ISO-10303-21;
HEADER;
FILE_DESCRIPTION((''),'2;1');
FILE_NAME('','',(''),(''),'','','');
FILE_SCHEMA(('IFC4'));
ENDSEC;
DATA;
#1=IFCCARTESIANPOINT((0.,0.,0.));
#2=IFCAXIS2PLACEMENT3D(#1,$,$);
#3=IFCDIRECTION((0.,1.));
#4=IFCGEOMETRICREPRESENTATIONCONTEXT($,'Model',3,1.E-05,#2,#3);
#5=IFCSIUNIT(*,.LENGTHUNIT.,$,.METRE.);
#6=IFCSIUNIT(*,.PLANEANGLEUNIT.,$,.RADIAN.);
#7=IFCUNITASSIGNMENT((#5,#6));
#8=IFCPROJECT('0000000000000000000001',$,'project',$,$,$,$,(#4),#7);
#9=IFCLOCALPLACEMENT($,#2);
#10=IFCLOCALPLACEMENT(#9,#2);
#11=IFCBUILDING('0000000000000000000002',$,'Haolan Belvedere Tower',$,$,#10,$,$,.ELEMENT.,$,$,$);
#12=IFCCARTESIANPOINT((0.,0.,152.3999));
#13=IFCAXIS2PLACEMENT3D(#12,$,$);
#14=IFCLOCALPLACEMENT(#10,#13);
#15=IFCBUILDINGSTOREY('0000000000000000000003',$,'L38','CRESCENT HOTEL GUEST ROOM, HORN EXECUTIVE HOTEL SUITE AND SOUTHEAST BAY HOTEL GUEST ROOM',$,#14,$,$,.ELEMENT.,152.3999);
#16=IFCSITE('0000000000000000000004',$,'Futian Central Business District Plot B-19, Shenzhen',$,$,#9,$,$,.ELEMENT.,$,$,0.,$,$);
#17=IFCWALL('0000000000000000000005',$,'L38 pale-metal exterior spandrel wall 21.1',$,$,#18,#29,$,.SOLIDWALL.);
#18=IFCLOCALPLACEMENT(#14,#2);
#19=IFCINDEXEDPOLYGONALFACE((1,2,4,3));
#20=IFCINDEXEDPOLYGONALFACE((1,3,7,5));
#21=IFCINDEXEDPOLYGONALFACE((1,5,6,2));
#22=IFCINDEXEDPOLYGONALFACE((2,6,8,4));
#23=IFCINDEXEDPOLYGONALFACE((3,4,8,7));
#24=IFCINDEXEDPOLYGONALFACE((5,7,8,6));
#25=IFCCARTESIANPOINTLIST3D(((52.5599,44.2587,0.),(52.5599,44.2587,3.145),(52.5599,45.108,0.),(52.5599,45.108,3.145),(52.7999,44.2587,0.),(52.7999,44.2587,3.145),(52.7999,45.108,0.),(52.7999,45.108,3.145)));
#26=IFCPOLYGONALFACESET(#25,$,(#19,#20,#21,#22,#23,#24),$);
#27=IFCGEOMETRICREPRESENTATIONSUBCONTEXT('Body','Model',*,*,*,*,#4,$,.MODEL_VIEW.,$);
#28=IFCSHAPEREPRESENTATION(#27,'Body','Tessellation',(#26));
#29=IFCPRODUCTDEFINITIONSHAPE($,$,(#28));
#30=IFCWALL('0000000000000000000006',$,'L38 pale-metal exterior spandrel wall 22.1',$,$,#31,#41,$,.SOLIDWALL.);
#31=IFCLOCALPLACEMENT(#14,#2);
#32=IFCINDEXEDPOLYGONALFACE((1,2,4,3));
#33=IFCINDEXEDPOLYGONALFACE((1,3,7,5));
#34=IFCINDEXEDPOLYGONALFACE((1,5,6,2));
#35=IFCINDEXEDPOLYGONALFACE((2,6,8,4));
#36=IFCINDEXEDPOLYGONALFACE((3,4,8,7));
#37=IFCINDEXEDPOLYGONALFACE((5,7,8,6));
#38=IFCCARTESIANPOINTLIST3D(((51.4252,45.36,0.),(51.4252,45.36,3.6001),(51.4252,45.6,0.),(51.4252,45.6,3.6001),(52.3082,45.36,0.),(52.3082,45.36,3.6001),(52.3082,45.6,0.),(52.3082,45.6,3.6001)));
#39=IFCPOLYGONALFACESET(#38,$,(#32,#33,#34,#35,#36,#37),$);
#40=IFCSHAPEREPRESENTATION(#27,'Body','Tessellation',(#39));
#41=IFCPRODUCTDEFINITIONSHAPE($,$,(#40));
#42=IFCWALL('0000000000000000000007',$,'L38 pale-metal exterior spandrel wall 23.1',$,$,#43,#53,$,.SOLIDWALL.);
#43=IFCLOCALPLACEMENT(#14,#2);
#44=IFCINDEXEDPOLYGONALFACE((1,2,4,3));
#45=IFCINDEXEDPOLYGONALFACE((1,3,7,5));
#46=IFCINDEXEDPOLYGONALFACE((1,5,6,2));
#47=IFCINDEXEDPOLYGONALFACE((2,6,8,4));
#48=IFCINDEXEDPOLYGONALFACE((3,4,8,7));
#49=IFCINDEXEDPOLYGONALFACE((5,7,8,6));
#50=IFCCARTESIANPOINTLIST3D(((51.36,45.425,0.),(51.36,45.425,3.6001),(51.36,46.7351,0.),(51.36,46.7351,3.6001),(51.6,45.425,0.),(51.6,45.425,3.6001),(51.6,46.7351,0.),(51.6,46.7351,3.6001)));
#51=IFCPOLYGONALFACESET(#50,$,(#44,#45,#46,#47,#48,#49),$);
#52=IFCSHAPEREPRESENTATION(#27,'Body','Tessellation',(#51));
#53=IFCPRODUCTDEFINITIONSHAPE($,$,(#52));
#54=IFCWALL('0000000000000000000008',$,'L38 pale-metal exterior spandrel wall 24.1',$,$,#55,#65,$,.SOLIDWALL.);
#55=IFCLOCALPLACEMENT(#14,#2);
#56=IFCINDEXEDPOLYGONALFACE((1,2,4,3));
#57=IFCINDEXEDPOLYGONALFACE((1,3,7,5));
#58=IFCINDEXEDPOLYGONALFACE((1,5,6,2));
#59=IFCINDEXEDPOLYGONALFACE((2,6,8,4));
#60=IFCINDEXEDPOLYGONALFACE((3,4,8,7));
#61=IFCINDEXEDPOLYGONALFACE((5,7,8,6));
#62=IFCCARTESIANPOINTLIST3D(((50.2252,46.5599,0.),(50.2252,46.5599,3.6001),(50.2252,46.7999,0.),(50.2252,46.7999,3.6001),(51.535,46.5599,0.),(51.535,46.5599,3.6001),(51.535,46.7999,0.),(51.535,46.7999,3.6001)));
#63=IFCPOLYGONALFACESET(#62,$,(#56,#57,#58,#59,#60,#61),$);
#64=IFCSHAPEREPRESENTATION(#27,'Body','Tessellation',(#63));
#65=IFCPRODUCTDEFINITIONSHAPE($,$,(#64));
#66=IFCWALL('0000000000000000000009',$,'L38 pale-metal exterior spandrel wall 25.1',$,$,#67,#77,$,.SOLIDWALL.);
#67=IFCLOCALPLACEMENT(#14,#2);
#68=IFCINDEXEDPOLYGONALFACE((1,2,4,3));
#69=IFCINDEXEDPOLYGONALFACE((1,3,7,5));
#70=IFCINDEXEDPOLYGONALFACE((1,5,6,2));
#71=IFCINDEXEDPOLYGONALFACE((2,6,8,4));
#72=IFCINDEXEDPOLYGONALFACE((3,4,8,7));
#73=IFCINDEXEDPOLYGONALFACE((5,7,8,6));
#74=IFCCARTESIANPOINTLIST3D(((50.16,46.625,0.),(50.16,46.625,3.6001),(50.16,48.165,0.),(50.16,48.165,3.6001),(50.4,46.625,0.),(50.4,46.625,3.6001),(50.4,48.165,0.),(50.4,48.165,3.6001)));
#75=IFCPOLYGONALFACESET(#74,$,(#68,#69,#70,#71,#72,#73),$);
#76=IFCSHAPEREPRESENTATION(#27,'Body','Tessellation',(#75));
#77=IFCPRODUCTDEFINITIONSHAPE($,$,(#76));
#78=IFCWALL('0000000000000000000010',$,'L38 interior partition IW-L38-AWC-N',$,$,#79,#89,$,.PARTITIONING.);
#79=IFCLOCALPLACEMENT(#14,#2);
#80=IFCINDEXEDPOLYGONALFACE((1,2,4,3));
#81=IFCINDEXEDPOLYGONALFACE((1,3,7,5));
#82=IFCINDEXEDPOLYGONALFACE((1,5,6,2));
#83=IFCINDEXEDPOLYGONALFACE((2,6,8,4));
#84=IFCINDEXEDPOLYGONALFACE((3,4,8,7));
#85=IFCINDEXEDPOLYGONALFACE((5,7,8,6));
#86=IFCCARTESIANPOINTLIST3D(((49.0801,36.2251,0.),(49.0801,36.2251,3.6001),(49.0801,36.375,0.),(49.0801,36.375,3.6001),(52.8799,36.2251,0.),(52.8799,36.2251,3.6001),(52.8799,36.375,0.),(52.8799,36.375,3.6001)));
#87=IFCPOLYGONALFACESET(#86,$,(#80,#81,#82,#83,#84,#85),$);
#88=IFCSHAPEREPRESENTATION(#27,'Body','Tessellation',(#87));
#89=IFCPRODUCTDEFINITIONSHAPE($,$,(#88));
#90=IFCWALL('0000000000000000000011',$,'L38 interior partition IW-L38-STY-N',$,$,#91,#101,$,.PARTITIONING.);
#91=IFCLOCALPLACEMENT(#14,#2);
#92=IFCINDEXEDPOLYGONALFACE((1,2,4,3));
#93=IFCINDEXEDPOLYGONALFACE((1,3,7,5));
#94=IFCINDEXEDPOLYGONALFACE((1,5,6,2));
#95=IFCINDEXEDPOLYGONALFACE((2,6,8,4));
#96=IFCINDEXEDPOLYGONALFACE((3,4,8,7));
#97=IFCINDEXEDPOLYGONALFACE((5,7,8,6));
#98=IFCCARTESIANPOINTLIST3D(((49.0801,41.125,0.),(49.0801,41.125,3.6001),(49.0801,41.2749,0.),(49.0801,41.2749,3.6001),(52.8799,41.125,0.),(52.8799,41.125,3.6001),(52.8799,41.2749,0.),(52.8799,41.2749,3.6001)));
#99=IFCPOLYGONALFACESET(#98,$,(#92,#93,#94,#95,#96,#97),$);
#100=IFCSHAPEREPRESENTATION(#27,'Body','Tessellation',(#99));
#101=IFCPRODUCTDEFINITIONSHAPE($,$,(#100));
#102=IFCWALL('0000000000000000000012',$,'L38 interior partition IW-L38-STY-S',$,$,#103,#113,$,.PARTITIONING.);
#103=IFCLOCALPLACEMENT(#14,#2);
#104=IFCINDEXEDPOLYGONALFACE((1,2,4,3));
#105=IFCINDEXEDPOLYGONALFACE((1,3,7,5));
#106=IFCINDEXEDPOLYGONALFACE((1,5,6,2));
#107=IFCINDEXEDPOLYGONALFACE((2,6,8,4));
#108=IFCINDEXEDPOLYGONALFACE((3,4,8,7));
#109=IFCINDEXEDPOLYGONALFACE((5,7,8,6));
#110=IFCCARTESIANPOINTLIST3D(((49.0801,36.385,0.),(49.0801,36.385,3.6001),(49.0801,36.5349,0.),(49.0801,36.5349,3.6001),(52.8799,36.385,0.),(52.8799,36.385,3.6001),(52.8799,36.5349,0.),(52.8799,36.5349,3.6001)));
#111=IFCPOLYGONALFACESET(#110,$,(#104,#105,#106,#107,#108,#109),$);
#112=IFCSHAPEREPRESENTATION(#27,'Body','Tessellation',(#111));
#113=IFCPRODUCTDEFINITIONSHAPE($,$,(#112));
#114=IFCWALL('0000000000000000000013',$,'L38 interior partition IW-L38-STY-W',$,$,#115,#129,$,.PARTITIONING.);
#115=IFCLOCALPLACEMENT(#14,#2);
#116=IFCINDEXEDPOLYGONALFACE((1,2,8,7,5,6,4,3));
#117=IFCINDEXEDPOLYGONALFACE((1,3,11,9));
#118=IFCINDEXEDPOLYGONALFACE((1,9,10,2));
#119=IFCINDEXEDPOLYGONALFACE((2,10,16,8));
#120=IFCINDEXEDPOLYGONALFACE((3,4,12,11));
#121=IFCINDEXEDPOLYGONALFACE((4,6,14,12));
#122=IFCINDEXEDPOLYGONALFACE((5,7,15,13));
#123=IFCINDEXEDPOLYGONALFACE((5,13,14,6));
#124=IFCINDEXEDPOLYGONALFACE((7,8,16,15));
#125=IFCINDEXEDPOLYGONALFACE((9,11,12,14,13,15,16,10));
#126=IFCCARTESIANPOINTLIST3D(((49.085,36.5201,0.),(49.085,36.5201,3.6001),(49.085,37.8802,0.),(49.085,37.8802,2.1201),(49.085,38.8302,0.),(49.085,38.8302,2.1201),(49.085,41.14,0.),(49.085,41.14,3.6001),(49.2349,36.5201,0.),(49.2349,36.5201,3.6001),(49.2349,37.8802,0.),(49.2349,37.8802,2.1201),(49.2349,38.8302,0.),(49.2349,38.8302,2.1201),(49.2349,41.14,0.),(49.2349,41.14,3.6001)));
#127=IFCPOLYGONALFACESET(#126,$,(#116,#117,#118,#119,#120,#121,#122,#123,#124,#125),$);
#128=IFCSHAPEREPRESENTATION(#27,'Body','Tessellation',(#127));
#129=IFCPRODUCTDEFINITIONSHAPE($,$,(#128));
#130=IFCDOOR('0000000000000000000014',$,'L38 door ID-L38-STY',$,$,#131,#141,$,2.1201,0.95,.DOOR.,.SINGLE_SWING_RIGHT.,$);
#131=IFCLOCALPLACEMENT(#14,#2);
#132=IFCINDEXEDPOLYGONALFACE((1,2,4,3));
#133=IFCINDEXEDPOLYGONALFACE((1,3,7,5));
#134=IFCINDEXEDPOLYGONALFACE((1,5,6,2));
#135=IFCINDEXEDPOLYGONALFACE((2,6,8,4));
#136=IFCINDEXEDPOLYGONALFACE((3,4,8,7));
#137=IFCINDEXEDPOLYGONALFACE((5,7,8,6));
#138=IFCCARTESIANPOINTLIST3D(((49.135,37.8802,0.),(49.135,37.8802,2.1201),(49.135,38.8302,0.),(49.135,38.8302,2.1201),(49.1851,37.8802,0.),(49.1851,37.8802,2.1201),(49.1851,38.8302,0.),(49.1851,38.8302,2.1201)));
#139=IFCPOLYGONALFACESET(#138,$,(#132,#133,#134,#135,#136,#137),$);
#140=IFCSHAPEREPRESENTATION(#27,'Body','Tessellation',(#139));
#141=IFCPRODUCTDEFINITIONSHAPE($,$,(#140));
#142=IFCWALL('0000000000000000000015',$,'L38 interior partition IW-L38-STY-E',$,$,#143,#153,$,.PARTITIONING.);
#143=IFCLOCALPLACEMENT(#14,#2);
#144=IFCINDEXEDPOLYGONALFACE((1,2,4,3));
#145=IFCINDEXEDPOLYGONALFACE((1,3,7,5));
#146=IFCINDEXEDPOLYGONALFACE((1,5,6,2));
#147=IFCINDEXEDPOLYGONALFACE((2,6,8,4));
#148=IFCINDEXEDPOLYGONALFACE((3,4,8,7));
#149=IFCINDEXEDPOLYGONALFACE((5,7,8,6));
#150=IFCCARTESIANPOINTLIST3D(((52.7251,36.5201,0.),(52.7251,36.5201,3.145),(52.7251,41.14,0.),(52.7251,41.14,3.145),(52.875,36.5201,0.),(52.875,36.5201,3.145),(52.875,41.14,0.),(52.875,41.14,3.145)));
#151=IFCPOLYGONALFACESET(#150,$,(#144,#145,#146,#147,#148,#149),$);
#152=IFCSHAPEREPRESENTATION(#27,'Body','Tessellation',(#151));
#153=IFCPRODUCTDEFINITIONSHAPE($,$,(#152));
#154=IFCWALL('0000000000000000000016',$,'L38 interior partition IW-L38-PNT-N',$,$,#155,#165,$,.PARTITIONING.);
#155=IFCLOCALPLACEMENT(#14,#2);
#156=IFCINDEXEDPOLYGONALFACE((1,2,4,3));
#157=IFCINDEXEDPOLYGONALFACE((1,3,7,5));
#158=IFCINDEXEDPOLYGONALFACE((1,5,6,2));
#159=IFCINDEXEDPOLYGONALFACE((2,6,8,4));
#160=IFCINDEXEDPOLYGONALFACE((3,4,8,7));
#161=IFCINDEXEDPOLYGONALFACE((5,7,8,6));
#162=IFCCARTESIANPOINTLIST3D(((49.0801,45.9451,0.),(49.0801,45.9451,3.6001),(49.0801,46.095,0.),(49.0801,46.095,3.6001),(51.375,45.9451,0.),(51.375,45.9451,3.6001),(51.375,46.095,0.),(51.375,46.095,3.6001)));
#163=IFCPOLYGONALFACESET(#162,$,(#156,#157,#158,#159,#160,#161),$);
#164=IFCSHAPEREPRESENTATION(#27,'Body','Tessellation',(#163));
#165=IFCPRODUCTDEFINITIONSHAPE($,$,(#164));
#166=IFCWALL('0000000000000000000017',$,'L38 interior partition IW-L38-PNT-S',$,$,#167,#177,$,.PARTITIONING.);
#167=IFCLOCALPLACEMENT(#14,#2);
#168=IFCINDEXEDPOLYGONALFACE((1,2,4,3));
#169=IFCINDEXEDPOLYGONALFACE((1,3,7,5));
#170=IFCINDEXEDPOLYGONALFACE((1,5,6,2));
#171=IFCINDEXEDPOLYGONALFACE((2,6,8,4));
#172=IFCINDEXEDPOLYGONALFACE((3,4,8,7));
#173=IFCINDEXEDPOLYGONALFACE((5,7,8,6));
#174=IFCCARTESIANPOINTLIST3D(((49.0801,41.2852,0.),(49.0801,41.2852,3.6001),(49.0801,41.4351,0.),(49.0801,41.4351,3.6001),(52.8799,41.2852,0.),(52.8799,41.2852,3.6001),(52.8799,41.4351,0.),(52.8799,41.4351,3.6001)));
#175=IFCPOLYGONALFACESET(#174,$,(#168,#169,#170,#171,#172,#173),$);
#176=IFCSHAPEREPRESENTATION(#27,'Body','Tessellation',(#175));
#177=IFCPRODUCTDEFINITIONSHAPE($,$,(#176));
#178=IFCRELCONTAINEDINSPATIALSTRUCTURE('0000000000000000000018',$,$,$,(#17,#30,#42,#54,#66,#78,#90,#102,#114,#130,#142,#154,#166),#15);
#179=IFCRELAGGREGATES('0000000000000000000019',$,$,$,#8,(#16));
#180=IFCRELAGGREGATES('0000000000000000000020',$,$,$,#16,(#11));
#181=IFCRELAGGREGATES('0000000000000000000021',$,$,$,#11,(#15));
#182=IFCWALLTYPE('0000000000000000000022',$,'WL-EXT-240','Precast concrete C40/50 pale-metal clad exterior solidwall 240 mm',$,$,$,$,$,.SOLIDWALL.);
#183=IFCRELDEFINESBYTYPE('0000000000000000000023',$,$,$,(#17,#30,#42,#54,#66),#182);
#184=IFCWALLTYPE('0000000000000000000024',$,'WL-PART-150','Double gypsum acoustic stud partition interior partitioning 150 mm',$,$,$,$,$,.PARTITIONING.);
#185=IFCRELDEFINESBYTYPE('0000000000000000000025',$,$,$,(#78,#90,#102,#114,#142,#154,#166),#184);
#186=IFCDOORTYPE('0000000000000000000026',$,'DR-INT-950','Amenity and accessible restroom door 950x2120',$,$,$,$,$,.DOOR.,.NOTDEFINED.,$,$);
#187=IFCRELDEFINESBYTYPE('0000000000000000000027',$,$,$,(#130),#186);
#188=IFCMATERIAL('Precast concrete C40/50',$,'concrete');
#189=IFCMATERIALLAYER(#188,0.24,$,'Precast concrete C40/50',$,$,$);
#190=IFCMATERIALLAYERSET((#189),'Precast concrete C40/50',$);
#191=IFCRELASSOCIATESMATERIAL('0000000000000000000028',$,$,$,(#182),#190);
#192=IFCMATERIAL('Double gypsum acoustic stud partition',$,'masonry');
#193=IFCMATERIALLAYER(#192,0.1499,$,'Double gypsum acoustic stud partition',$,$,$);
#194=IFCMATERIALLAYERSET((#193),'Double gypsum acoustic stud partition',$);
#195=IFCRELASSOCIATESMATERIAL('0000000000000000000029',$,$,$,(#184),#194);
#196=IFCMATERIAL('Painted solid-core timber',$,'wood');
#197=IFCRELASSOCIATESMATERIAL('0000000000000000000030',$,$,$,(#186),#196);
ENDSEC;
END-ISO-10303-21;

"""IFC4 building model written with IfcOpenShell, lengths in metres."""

from ifc_helpers import new_model, si_unit, direction, frame, frame_2d, origin, place, context, subcontext, project, spatial, rectangle, extrude, material, layer, layer_set, type_object, element, fill, save


model = new_model("IFC4")

# Units and contexts
model_context = context("Model", 3, precision=1e-05, world=origin(), true_north=direction((0.0, 1.0)))
body_context = subcontext(model_context, "Body", "Model", "MODEL_VIEW")
ifc_project = project(units=[si_unit("LENGTHUNIT", "METRE"), si_unit("PLANEANGLEUNIT", "RADIAN")], contexts=[model_context])

# Site, building, storey
site_placement = place(None, origin())
site = spatial("IfcSite", under=ifc_project, at=site_placement, Name="Futian Central Business District Plot B-19, Shenzhen", CompositionType="ELEMENT", RefElevation=0.0)
building_placement = place(site_placement, origin())
building = spatial("IfcBuilding", under=site, at=building_placement, Name="Haolan Belvedere Tower", CompositionType="ELEMENT")
storey_placement = place(building_placement, frame((0.0, 0.0, 152.3999)))
storey = spatial("IfcBuildingStorey", under=building, at=storey_placement, Name="L38", Description="CRESCENT HOTEL GUEST ROOM, HORN EXECUTIVE HOTEL SUITE AND SOUTHEAST BAY HOTEL GUEST ROOM", CompositionType="ELEMENT", Elevation=152.3999)

# Walls
ifc_material_1 = material(Name="Precast concrete C40/50", Category="concrete")
ifc_layer_1 = layer(ifc_material_1, 0.24, Name="Precast concrete C40/50")
ifc_layer_set_1 = layer_set([ifc_layer_1], Name="Precast concrete C40/50")
wall_type_1 = type_object("IfcWallType", Name="WL-EXT-240", Description="Precast concrete C40/50 pale-metal clad exterior solidwall 240 mm", PredefinedType="SOLIDWALL", material=ifc_layer_set_1)
wall_1_placement = place(storey_placement, frame((52.6799, 44.2585, 0.0), z_axis=(0.0, 0.0, 1.0), x_axis=(0.0, 1.0, 0.0)))
element("IfcWall", 1, at=wall_1_placement, inside=storey, type_object=wall_type_1, Name="L38 pale-metal exterior spandrel wall 21.1", PredefinedType="SOLIDWALL", context=body_context, shape_type="SweptSolid", body=[
    extrude(rectangle(XDim=0.8494, YDim=0.24, at=frame_2d((0.4248, 0.0))), origin(), (0.0, 0.0, 1.0), 3.145),
])
wall_2_placement = place(storey_placement, frame((52.3081, 45.48, 0.0), z_axis=(0.0, 0.0, 1.0), x_axis=(-1.0, 0.0, 0.0)))
element("IfcWall", 2, at=wall_2_placement, inside=storey, type_object=wall_type_1, Name="L38 pale-metal exterior spandrel wall 22.1", PredefinedType="SOLIDWALL", context=body_context, shape_type="SweptSolid", body=[
    extrude(rectangle(XDim=0.8831, YDim=0.24, at=frame_2d((0.4414, 0.0))), origin(), (0.0, 0.0, 1.0), 3.6001),
])
wall_3_placement = place(storey_placement, frame((51.48, 45.425, 0.0), z_axis=(0.0, 0.0, 1.0), x_axis=(0.0, 1.0, 0.0)))
element("IfcWall", 3, at=wall_3_placement, inside=storey, type_object=wall_type_1, Name="L38 pale-metal exterior spandrel wall 23.1", PredefinedType="SOLIDWALL", context=body_context, shape_type="SweptSolid", body=[
    extrude(rectangle(XDim=1.3101, YDim=0.24, at=frame_2d((0.655, 0.0))), origin(), (0.0, 0.0, 1.0), 3.6001),
])
wall_4_placement = place(storey_placement, frame((51.5349, 46.6799, 0.0), z_axis=(0.0, 0.0, 1.0), x_axis=(-1.0, 0.0, 0.0)))
element("IfcWall", 4, at=wall_4_placement, inside=storey, type_object=wall_type_1, Name="L38 pale-metal exterior spandrel wall 24.1", PredefinedType="SOLIDWALL", context=body_context, shape_type="SweptSolid", body=[
    extrude(rectangle(XDim=1.3098, YDim=0.24, at=frame_2d((0.6548, 0.0))), origin(), (0.0, 0.0, 1.0), 3.6001),
])
wall_5_placement = place(storey_placement, frame((50.28, 46.625, 0.0), z_axis=(0.0, 0.0, 1.0), x_axis=(0.0, 1.0, 0.0)))
element("IfcWall", 5, at=wall_5_placement, inside=storey, type_object=wall_type_1, Name="L38 pale-metal exterior spandrel wall 25.1", PredefinedType="SOLIDWALL", context=body_context, shape_type="SweptSolid", body=[
    extrude(rectangle(XDim=1.54, YDim=0.24, at=frame_2d((0.77, 0.0))), origin(), (0.0, 0.0, 1.0), 3.6001),
])
ifc_material_2 = material(Name="Double gypsum acoustic stud partition", Category="masonry")
ifc_layer_2 = layer(ifc_material_2, 0.1499, Name="Double gypsum acoustic stud partition")
ifc_layer_set_2 = layer_set([ifc_layer_2], Name="Double gypsum acoustic stud partition")
wall_type_2 = type_object("IfcWallType", Name="WL-PART-150", Description="Double gypsum acoustic stud partition interior partitioning 150 mm", PredefinedType="PARTITIONING", material=ifc_layer_set_2)
for number, where, z_axis, x_axis, name in (
    (6, (49.0801, 36.3, 0.0), (0.0, 0.0, 1.0), (1.0, 0.0, 0.0), "L38 interior partition IW-L38-AWC-N"),
    (7, (49.0801, 41.2, 0.0), (0.0, 0.0, 1.0), (1.0, 0.0, 0.0), "L38 interior partition IW-L38-STY-N"),
    (8, (49.0801, 36.46, 0.0), (0.0, 0.0, 1.0), (1.0, 0.0, 0.0), "L38 interior partition IW-L38-STY-S"),
):
    element("IfcWall", number, at=place(storey_placement, frame(where, z_axis=z_axis, x_axis=x_axis)), inside=storey, type_object=wall_type_2, Name=name, PredefinedType="PARTITIONING", context=body_context, shape_type="SweptSolid", body=[
        extrude(rectangle(XDim=3.7998, YDim=0.1499, at=frame_2d((1.8999, 0.0))), origin(), (0.0, 0.0, 1.0), 3.6001),
    ])

# Wall, opening, door
wall_6_placement = place(storey_placement, frame((49.1599, 36.52, 0.0), z_axis=(0.0, 0.0, 1.0), x_axis=(0.0, 1.0, 0.0)))
wall_6 = element("IfcWall", 9, at=wall_6_placement, inside=storey, type_object=wall_type_2, Name="L38 interior partition IW-L38-STY-W", PredefinedType="PARTITIONING", context=body_context, shape_type="SweptSolid", body=[
    extrude(rectangle(XDim=4.6199, YDim=0.1499, at=frame_2d((2.3101, 0.0))), origin(), (0.0, 0.0, 1.0), 3.6001),
])
opening_1_placement = place(wall_6_placement, frame((1.3601, 0.0, 0.0)))
opening_1 = element("IfcOpeningElement", 10, at=opening_1_placement, cuts=wall_6, PredefinedType="OPENING", context=body_context, shape_type="SweptSolid", body=[
    extrude(rectangle(XDim=0.95, YDim=2.1201, at=frame_2d((0.4751, 1.0601))), frame((0.0, 0.085, 0.0), z_axis=(0.0, -1.0, 0.0), x_axis=(1.0, 0.0, 0.0)), (0.0, 0.0, 1.0), 0.1699),
])
ifc_material_3 = material(Name="Painted solid-core timber", Category="wood")
door_type = type_object("IfcDoorType", Name="DR-INT-950", Description="Amenity and accessible restroom door 950x2120", OperationType="NOTDEFINED", PredefinedType="DOOR", material=ifc_material_3)
door_1_placement = place(opening_1_placement, origin())
door_1 = element("IfcDoor", 11, at=door_1_placement, inside=storey, type_object=door_type, Name="L38 door ID-L38-STY", OperationType="SINGLE_SWING_RIGHT", OverallHeight=2.1201, OverallWidth=0.95, PredefinedType="DOOR", context=body_context, shape_type="SweptSolid", body=[
    extrude(rectangle(XDim=0.95, YDim=2.1201, at=frame_2d((0.4751, 1.0601))), frame((0.0, 0.0249, 0.0), z_axis=(0.0, -1.0, 0.0), x_axis=(1.0, 0.0, 0.0)), (0.0, 0.0, 1.0), 0.05),
])
fill(opening_1, door_1)

# Walls
wall_7_placement = place(storey_placement, frame((52.8, 36.52, 0.0), z_axis=(0.0, 0.0, 1.0), x_axis=(0.0, 1.0, 0.0)))
element("IfcWall", 12, at=wall_7_placement, inside=storey, type_object=wall_type_2, Name="L38 interior partition IW-L38-STY-E", PredefinedType="PARTITIONING", context=body_context, shape_type="SweptSolid", body=[
    extrude(rectangle(XDim=4.6199, YDim=0.1499, at=frame_2d((2.3101, 0.0))), origin(), (0.0, 0.0, 1.0), 3.145),
])
wall_8_placement = place(storey_placement, frame((49.0801, 46.02, 0.0), z_axis=(0.0, 0.0, 1.0), x_axis=(1.0, 0.0, 0.0)))
element("IfcWall", 13, at=wall_8_placement, inside=storey, type_object=wall_type_2, Name="L38 interior partition IW-L38-PNT-N", PredefinedType="PARTITIONING", context=body_context, shape_type="SweptSolid", body=[
    extrude(rectangle(XDim=2.2949, YDim=0.1499, at=frame_2d((1.1475, 0.0))), origin(), (0.0, 0.0, 1.0), 3.6001),
])
wall_9_placement = place(storey_placement, frame((49.0801, 41.3601, 0.0), z_axis=(0.0, 0.0, 1.0), x_axis=(1.0, 0.0, 0.0)))
element("IfcWall", 14, at=wall_9_placement, inside=storey, type_object=wall_type_2, Name="L38 interior partition IW-L38-PNT-S", PredefinedType="PARTITIONING", context=body_context, shape_type="SweptSolid", body=[
    extrude(rectangle(XDim=3.7998, YDim=0.1499, at=frame_2d((1.8999, 0.0))), origin(), (0.0, 0.0, 1.0), 3.6001),
])

save(model, "model.ifc")
